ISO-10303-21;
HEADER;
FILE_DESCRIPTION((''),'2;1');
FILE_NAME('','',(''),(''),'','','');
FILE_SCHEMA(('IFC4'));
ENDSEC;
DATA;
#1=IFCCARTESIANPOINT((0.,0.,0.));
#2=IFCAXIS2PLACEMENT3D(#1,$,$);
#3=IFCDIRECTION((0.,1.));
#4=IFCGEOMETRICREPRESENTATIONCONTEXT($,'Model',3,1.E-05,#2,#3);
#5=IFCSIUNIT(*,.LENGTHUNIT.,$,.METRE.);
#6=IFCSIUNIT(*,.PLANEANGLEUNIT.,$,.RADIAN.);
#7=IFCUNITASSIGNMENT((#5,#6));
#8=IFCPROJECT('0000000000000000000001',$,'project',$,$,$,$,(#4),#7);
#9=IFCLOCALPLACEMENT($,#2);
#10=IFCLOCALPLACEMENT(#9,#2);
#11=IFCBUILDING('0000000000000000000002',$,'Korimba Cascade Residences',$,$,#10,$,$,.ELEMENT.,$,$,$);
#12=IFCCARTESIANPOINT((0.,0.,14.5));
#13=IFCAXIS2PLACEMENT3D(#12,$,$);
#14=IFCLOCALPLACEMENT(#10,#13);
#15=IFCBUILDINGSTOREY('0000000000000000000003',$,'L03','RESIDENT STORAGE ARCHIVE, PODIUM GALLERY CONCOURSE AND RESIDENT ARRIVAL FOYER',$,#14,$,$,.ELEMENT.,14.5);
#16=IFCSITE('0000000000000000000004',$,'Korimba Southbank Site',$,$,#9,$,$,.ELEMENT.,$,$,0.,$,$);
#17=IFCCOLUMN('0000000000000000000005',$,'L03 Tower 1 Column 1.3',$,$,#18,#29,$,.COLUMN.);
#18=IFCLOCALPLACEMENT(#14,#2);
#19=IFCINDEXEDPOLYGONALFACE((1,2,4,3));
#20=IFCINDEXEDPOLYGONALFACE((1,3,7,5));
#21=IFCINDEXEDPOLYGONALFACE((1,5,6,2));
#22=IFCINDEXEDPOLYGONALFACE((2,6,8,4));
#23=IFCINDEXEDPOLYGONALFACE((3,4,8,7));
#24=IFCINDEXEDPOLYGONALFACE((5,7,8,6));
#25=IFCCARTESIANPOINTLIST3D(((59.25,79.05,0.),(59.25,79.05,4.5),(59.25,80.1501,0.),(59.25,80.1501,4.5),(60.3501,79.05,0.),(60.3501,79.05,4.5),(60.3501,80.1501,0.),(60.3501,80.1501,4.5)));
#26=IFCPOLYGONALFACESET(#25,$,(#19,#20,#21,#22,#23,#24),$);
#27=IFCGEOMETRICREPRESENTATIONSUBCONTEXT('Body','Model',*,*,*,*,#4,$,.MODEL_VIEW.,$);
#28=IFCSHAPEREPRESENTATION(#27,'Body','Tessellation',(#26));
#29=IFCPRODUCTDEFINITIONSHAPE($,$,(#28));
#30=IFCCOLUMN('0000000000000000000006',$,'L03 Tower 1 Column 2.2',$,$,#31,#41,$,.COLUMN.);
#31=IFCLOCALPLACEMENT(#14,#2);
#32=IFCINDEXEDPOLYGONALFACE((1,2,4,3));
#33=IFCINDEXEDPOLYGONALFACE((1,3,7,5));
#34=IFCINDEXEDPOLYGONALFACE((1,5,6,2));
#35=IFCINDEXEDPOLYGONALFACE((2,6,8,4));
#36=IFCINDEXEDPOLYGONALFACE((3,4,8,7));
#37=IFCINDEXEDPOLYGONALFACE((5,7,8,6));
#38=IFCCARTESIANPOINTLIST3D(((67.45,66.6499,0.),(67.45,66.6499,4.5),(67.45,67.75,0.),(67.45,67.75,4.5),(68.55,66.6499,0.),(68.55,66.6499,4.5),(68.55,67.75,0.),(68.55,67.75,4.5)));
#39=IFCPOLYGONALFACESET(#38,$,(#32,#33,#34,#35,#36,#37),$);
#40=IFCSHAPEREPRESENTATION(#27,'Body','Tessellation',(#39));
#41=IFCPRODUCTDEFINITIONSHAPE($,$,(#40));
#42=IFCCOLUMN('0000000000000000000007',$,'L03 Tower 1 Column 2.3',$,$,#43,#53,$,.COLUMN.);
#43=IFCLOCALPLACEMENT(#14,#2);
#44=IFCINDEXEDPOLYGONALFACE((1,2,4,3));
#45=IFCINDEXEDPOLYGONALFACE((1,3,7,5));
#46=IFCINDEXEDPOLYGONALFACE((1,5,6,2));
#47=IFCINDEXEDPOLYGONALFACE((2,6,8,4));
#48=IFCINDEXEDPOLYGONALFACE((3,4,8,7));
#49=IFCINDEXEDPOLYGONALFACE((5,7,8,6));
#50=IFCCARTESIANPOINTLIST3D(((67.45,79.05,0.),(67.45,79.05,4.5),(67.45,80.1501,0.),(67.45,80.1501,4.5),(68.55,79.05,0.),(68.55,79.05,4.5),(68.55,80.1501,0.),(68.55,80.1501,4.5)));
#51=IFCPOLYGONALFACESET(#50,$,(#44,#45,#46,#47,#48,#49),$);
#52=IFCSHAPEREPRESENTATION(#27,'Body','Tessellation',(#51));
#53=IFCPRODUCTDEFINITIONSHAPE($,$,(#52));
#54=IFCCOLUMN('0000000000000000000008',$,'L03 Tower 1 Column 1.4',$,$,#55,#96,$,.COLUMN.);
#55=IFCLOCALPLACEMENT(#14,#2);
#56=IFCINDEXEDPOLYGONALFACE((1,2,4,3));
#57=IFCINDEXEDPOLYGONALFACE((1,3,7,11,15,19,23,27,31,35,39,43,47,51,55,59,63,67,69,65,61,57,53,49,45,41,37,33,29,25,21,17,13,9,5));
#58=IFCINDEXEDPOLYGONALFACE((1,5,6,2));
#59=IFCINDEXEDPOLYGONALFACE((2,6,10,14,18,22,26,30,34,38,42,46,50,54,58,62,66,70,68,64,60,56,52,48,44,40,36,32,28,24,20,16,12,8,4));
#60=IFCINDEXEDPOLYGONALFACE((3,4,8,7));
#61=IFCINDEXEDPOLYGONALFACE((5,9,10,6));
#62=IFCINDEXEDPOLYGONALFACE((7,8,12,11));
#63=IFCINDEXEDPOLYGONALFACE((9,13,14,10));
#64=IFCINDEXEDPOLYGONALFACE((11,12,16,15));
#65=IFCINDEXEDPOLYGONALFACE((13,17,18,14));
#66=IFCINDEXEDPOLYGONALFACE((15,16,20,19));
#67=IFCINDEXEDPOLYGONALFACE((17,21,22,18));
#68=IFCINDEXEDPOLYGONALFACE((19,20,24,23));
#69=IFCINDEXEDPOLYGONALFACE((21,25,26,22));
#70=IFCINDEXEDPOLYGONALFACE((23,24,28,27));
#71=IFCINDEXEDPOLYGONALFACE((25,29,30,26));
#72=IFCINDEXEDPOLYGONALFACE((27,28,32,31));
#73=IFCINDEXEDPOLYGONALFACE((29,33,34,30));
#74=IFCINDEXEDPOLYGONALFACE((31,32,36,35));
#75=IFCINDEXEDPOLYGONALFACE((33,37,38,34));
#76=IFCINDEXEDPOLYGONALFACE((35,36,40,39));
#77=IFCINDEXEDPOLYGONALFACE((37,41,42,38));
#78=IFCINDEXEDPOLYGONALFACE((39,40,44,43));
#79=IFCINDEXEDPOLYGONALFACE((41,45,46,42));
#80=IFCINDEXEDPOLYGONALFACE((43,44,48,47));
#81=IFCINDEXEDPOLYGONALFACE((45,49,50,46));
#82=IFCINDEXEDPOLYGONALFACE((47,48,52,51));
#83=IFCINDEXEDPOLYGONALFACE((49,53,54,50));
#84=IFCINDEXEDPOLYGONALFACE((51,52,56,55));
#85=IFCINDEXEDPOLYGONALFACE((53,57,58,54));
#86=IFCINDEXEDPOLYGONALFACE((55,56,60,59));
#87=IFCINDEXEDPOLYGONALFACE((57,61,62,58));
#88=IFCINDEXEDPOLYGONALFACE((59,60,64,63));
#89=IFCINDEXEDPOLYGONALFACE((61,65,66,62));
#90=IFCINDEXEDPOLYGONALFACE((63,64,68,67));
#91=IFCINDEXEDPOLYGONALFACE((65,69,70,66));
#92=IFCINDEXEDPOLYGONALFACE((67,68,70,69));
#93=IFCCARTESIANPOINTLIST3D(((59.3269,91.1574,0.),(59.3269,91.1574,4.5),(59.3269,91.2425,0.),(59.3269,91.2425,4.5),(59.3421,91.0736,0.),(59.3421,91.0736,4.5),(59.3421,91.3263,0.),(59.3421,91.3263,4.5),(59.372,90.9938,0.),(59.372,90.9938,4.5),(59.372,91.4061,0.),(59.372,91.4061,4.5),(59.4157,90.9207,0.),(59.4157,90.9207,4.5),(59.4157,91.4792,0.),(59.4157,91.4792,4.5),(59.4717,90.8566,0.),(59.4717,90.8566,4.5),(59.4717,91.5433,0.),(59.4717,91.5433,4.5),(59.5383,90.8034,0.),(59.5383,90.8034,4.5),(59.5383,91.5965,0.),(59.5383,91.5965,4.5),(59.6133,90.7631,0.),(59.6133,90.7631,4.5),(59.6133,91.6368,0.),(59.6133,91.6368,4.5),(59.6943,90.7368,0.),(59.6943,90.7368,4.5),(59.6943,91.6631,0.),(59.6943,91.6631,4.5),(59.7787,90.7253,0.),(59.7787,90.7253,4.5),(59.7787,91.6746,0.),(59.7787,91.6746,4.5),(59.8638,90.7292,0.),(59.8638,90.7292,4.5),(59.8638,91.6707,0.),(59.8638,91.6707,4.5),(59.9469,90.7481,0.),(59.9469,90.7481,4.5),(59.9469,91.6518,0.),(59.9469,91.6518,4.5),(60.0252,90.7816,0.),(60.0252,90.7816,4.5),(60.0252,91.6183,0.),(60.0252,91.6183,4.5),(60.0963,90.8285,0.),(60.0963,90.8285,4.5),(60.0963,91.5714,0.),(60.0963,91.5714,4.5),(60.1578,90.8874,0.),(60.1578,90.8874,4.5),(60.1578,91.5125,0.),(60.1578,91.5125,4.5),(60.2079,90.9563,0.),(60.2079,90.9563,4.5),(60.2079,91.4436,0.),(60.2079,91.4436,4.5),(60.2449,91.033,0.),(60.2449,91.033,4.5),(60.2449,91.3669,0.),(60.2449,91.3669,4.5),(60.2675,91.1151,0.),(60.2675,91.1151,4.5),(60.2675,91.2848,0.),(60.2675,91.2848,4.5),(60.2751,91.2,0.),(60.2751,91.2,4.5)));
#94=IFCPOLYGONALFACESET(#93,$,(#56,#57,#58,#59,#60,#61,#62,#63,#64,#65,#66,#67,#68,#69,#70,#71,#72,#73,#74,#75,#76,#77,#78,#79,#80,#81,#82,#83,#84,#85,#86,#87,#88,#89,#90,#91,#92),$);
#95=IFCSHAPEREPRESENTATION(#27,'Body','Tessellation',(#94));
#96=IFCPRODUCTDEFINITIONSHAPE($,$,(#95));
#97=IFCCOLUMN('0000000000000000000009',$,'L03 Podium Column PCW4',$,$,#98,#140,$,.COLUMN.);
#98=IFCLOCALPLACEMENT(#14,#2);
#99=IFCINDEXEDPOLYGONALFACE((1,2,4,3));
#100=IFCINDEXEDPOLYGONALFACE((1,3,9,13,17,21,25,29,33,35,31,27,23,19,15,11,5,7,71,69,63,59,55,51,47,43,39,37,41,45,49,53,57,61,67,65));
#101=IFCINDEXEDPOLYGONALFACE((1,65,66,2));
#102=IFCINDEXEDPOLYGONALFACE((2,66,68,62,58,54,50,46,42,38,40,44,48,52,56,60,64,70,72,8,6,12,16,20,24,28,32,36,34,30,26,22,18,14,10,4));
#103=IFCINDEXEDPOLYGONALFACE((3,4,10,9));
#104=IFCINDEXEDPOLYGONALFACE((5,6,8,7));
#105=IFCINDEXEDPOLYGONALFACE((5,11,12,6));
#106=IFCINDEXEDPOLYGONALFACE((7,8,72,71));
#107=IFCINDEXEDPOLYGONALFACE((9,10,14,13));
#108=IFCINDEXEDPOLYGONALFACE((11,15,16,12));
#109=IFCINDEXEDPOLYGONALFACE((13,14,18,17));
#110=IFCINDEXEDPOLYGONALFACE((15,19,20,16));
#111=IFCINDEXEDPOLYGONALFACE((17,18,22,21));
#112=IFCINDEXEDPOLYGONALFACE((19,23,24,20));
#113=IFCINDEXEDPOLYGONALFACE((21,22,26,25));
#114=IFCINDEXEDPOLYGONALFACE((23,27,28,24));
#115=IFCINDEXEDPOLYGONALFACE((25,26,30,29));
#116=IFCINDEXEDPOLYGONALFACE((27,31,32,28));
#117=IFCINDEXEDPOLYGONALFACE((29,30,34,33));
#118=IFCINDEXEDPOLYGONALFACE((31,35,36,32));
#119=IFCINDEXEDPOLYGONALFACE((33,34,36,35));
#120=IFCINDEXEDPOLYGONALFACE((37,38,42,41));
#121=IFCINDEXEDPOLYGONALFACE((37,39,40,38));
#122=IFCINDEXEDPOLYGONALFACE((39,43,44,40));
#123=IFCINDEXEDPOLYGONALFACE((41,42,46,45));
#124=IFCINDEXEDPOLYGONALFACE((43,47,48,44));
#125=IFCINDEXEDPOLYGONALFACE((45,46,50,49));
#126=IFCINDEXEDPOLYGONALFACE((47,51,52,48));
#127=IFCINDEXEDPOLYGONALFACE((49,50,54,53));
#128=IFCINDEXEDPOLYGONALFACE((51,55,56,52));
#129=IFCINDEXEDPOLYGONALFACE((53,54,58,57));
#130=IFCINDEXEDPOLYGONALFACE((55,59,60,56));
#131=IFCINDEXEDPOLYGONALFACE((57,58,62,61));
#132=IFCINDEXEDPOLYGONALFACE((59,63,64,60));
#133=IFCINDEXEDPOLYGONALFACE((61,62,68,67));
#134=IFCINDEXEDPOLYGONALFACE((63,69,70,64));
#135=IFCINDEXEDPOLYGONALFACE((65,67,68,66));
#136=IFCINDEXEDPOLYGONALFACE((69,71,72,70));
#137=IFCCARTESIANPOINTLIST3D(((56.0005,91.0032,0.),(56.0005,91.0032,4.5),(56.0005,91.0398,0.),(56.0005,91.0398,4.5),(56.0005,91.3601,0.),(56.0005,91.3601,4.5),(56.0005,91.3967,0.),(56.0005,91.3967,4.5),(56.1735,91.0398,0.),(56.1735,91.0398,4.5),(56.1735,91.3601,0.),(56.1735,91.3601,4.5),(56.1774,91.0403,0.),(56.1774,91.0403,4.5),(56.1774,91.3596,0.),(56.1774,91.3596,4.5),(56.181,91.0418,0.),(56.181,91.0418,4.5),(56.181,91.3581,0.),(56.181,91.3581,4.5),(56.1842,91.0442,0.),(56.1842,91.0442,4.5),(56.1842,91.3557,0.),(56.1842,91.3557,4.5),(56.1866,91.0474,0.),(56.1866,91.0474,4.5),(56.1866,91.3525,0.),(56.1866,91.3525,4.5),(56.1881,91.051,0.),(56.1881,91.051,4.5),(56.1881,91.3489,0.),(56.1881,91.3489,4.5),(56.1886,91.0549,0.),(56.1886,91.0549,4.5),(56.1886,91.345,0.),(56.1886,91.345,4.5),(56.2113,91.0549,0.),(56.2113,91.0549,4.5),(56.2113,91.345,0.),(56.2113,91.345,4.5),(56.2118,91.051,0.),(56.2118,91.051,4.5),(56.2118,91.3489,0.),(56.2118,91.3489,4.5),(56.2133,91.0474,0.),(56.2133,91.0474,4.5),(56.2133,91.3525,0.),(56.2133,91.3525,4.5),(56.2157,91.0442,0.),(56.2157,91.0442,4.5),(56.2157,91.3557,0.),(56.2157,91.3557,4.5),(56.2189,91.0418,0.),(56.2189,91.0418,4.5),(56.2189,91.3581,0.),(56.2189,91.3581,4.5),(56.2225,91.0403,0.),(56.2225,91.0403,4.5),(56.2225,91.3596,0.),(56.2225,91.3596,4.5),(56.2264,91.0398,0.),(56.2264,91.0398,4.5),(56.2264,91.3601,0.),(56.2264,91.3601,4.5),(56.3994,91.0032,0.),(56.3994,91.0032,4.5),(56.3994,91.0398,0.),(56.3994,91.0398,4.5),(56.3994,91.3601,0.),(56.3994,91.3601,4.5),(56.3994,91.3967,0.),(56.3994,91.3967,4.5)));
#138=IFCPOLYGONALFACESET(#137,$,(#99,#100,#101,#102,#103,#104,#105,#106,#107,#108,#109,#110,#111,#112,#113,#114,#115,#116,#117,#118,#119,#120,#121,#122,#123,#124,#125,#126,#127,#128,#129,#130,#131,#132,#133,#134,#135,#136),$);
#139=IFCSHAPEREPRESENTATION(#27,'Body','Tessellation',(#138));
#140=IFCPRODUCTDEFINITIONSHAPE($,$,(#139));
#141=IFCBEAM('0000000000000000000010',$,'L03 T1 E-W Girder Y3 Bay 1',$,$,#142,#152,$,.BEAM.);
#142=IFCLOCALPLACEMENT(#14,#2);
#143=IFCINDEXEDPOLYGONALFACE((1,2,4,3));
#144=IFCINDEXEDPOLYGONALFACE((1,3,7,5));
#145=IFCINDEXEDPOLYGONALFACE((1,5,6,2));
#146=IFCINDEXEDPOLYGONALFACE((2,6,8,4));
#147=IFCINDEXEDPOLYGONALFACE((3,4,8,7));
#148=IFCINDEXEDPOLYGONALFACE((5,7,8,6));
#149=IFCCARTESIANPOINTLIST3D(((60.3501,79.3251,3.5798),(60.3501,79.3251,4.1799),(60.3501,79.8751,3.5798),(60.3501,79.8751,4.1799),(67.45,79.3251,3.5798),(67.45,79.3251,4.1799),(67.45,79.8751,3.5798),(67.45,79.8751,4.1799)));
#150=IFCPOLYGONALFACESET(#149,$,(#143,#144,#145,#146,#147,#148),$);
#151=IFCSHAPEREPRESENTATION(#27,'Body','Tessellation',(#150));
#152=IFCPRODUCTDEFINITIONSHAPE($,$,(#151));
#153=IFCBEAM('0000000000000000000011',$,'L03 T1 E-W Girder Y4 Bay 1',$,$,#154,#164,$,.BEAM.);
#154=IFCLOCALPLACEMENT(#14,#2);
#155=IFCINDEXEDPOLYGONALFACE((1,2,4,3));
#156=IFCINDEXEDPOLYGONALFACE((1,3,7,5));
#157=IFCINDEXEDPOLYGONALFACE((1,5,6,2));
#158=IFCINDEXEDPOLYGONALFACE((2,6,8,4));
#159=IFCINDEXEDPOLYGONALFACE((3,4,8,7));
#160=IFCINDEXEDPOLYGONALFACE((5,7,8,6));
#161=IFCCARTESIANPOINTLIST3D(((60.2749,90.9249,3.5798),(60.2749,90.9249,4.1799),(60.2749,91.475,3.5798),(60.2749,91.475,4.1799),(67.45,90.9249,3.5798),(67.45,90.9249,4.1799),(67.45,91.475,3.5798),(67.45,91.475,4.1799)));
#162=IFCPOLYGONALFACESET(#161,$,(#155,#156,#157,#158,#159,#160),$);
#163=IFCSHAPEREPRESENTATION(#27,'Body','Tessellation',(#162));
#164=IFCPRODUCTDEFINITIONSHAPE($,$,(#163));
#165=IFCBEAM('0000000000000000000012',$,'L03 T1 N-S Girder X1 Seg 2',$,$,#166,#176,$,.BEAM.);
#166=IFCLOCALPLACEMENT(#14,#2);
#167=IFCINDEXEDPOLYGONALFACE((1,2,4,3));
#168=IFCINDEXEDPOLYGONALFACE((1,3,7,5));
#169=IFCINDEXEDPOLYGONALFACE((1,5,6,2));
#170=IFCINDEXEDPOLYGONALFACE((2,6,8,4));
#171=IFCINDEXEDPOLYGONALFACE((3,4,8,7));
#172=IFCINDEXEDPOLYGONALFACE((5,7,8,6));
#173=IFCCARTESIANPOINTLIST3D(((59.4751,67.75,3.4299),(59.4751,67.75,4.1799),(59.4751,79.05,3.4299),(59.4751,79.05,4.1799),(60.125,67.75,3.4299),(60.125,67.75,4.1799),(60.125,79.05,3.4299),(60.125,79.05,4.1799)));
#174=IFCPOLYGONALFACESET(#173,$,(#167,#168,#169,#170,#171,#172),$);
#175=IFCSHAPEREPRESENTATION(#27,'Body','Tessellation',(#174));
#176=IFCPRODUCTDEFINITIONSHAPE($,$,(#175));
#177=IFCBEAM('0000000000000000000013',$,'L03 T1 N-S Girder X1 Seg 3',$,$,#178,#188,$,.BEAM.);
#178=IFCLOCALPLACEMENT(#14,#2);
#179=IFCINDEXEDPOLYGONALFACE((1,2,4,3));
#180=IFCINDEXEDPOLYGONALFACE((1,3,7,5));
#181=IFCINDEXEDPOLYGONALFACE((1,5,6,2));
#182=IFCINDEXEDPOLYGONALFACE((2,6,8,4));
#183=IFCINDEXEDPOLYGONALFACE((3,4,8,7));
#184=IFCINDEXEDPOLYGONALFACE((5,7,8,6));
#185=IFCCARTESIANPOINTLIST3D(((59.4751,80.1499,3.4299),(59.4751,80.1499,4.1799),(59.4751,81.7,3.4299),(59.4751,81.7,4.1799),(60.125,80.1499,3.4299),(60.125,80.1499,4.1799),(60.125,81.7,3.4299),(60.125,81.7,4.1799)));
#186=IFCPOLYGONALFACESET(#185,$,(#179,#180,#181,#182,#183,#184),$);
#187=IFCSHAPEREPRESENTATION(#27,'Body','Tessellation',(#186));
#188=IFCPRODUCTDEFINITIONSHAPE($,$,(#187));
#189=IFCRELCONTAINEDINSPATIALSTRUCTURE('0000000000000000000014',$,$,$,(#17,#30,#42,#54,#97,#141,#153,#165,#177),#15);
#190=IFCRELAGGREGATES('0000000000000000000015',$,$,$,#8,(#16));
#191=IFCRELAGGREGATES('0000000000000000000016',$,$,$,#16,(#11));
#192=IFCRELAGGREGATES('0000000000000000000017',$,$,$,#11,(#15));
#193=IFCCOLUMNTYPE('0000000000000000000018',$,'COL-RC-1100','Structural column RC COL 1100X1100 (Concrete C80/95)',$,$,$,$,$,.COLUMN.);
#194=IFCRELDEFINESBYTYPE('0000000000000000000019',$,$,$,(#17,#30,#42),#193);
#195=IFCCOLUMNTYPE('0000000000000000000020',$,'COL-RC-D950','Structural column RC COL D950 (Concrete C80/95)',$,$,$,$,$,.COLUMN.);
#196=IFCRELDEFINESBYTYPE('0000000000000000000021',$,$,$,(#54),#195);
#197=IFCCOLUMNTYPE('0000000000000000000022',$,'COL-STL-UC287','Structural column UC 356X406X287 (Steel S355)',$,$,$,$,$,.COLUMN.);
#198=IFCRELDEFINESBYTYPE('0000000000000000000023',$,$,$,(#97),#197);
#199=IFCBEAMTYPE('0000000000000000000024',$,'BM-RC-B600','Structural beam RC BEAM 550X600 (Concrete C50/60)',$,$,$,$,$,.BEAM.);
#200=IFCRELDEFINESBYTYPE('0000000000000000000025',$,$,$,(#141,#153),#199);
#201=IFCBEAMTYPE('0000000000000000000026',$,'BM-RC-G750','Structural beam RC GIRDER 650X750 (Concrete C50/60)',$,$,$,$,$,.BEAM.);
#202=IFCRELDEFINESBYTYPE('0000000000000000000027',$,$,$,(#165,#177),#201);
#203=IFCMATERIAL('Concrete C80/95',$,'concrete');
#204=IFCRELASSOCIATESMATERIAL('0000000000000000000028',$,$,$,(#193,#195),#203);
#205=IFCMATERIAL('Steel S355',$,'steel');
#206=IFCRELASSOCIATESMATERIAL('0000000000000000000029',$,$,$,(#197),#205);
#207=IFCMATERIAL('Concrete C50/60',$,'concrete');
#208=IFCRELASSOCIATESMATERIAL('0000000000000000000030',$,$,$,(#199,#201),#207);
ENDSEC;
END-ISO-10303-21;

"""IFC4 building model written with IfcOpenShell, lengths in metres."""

from ifc_helpers import new_model, si_unit, direction, frame, origin, origin_2d, place, context, subcontext, project, spatial, rectangle, circle, i_section, extrude, material, material_profile, profile_set, type_object, element, save


model = new_model("IFC4")

# Units and contexts
model_context = context("Model", 3, precision=1e-05, world=origin(), true_north=direction((0.0, 1.0)))
body_context = subcontext(model_context, "Body", "Model", "MODEL_VIEW")
ifc_project = project(units=[si_unit("LENGTHUNIT", "METRE"), si_unit("PLANEANGLEUNIT", "RADIAN")], contexts=[model_context])

# Site, building, storey
site_placement = place(None, origin())
site = spatial("IfcSite", under=ifc_project, at=site_placement, Name="Korimba Southbank Site", CompositionType="ELEMENT", RefElevation=0.0)
building_placement = place(site_placement, origin())
building = spatial("IfcBuilding", under=site, at=building_placement, Name="Korimba Cascade Residences", CompositionType="ELEMENT")
storey_placement = place(building_placement, frame((0.0, 0.0, 14.5)))
storey = spatial("IfcBuildingStorey", under=building, at=storey_placement, Name="L03", Description="RESIDENT STORAGE ARCHIVE, PODIUM GALLERY CONCOURSE AND RESIDENT ARRIVAL FOYER", CompositionType="ELEMENT", Elevation=14.5)

# Columns
ifc_material_1 = material(Name="Concrete C80/95", Category="concrete")
ifc_material_profile_1 = material_profile(ifc_material_1, rectangle(XDim=1.1001, YDim=1.1001, at=origin_2d()), Name="Concrete C80/95")
ifc_profile_set_1 = profile_set([ifc_material_profile_1], Name="Concrete C80/95")
column_type_1 = type_object("IfcColumnType", Name="COL-RC-1100", Description="Structural column RC COL 1100X1100 (Concrete C80/95)", PredefinedType="COLUMN", material=ifc_profile_set_1)
for number, where, z_axis, x_axis, name in (
    (1, (59.8, 79.6001, 0.0), (0.0, 0.0, 1.0), (1.0, 0.0, 0.0), "L03 Tower 1 Column 1.3"),
    (2, (68.0, 67.2, 0.0), (0.0, 0.0, 1.0), (1.0, 0.0, 0.0), "L03 Tower 1 Column 2.2"),
    (3, (68.0, 79.6001, 0.0), (0.0, 0.0, 1.0), (1.0, 0.0, 0.0), "L03 Tower 1 Column 2.3"),
):
    element("IfcColumn", number, at=place(storey_placement, frame(where, z_axis=z_axis, x_axis=x_axis)), inside=storey, type_object=column_type_1, Name=name, PredefinedType="COLUMN", context=body_context, shape_type="SweptSolid", body=[
        extrude(rectangle(XDim=1.1001, YDim=1.1001, at=origin_2d()), origin(), (0.0, 0.0, 1.0), 4.5),
    ])
ifc_material_profile_2 = material_profile(ifc_material_1, circle(Radius=0.4751, at=origin_2d()), Name="Concrete C80/95")
ifc_profile_set_2 = profile_set([ifc_material_profile_2], Name="Concrete C80/95")
column_type_2 = type_object("IfcColumnType", Name="COL-RC-D950", Description="Structural column RC COL D950 (Concrete C80/95)", PredefinedType="COLUMN", material=ifc_profile_set_2)
column_1_placement = place(storey_placement, frame((59.8, 91.2, 0.0), z_axis=(0.0, 0.0, 1.0), x_axis=(1.0, 0.0, 0.0)))
element("IfcColumn", 4, at=column_1_placement, inside=storey, type_object=column_type_2, Name="L03 Tower 1 Column 1.4", PredefinedType="COLUMN", context=body_context, shape_type="SweptSolid", body=[
    extrude(circle(Radius=0.4751, at=origin_2d()), origin(), (0.0, 0.0, 1.0), 4.5),
])
ifc_material_2 = material(Name="Steel S355", Category="steel")
ifc_material_profile_3 = material_profile(ifc_material_2, i_section(OverallWidth=0.3989, OverallDepth=0.3936, WebThickness=0.0227, FlangeThickness=0.0366, FilletRadius=0.0151, at=origin_2d()), Name="Steel S355")
ifc_profile_set_3 = profile_set([ifc_material_profile_3], Name="Steel S355")
column_type_3 = type_object("IfcColumnType", Name="COL-STL-UC287", Description="Structural column UC 356X406X287 (Steel S355)", PredefinedType="COLUMN", material=ifc_profile_set_3)
column_2_placement = place(storey_placement, frame((56.2, 91.2, 0.0), z_axis=(0.0, 0.0, 1.0), x_axis=(1.0, 0.0, 0.0)))
element("IfcColumn", 5, at=column_2_placement, inside=storey, type_object=column_type_3, Name="L03 Podium Column PCW4", PredefinedType="COLUMN", context=body_context, shape_type="SweptSolid", body=[
    extrude(i_section(OverallWidth=0.3989, OverallDepth=0.3936, WebThickness=0.0227, FlangeThickness=0.0366, FilletRadius=0.0151, at=origin_2d()), origin(), (0.0, 0.0, 1.0), 4.5),
])

# Beams
ifc_material_3 = material(Name="Concrete C50/60", Category="concrete")
ifc_material_profile_4 = material_profile(ifc_material_3, rectangle(XDim=0.55, YDim=0.6001, at=origin_2d()), Name="Concrete C50/60")
ifc_profile_set_4 = profile_set([ifc_material_profile_4], Name="Concrete C50/60")
beam_type_1 = type_object("IfcBeamType", Name="BM-RC-B600", Description="Structural beam RC BEAM 550X600 (Concrete C50/60)", PredefinedType="BEAM", material=ifc_profile_set_4)
beam_1_placement = place(storey_placement, frame((60.3501, 79.6001, 3.8799), z_axis=(1.0, 0.0, 0.0), x_axis=(0.0, 1.0, 0.0)))
element("IfcBeam", 6, at=beam_1_placement, inside=storey, type_object=beam_type_1, Name="L03 T1 E-W Girder Y3 Bay 1", PredefinedType="BEAM", context=body_context, shape_type="SweptSolid", body=[
    extrude(rectangle(XDim=0.55, YDim=0.6001, at=origin_2d()), origin(), (0.0, 0.0, 1.0), 7.0999),
])
beam_2_placement = place(storey_placement, frame((60.2749, 91.2, 3.8799), z_axis=(1.0, 0.0, 0.0), x_axis=(0.0, 1.0, 0.0)))
element("IfcBeam", 7, at=beam_2_placement, inside=storey, type_object=beam_type_1, Name="L03 T1 E-W Girder Y4 Bay 1", PredefinedType="BEAM", context=body_context, shape_type="SweptSolid", body=[
    extrude(rectangle(XDim=0.55, YDim=0.6001, at=origin_2d()), origin(), (0.0, 0.0, 1.0), 7.175),
])
ifc_material_profile_5 = material_profile(ifc_material_3, rectangle(XDim=0.6499, YDim=0.75, at=origin_2d()), Name="Concrete C50/60")
ifc_profile_set_5 = profile_set([ifc_material_profile_5], Name="Concrete C50/60")
beam_type_2 = type_object("IfcBeamType", Name="BM-RC-G750", Description="Structural beam RC GIRDER 650X750 (Concrete C50/60)", PredefinedType="BEAM", material=ifc_profile_set_5)
beam_3_placement = place(storey_placement, frame((59.8, 67.75, 3.8049), z_axis=(0.0, 1.0, 0.0), x_axis=(-1.0, 0.0, 0.0)))
element("IfcBeam", 8, at=beam_3_placement, inside=storey, type_object=beam_type_2, Name="L03 T1 N-S Girder X1 Seg 2", PredefinedType="BEAM", context=body_context, shape_type="SweptSolid", body=[
    extrude(rectangle(XDim=0.6499, YDim=0.75, at=origin_2d()), origin(), (0.0, 0.0, 1.0), 11.3),
])
beam_4_placement = place(storey_placement, frame((59.8, 80.1499, 3.8049), z_axis=(0.0, 1.0, 0.0), x_axis=(-1.0, 0.0, 0.0)))
element("IfcBeam", 9, at=beam_4_placement, inside=storey, type_object=beam_type_2, Name="L03 T1 N-S Girder X1 Seg 3", PredefinedType="BEAM", context=body_context, shape_type="SweptSolid", body=[
    extrude(rectangle(XDim=0.6499, YDim=0.75, at=origin_2d()), origin(), (0.0, 0.0, 1.0), 1.55),
])

save(model, "model.ifc")
